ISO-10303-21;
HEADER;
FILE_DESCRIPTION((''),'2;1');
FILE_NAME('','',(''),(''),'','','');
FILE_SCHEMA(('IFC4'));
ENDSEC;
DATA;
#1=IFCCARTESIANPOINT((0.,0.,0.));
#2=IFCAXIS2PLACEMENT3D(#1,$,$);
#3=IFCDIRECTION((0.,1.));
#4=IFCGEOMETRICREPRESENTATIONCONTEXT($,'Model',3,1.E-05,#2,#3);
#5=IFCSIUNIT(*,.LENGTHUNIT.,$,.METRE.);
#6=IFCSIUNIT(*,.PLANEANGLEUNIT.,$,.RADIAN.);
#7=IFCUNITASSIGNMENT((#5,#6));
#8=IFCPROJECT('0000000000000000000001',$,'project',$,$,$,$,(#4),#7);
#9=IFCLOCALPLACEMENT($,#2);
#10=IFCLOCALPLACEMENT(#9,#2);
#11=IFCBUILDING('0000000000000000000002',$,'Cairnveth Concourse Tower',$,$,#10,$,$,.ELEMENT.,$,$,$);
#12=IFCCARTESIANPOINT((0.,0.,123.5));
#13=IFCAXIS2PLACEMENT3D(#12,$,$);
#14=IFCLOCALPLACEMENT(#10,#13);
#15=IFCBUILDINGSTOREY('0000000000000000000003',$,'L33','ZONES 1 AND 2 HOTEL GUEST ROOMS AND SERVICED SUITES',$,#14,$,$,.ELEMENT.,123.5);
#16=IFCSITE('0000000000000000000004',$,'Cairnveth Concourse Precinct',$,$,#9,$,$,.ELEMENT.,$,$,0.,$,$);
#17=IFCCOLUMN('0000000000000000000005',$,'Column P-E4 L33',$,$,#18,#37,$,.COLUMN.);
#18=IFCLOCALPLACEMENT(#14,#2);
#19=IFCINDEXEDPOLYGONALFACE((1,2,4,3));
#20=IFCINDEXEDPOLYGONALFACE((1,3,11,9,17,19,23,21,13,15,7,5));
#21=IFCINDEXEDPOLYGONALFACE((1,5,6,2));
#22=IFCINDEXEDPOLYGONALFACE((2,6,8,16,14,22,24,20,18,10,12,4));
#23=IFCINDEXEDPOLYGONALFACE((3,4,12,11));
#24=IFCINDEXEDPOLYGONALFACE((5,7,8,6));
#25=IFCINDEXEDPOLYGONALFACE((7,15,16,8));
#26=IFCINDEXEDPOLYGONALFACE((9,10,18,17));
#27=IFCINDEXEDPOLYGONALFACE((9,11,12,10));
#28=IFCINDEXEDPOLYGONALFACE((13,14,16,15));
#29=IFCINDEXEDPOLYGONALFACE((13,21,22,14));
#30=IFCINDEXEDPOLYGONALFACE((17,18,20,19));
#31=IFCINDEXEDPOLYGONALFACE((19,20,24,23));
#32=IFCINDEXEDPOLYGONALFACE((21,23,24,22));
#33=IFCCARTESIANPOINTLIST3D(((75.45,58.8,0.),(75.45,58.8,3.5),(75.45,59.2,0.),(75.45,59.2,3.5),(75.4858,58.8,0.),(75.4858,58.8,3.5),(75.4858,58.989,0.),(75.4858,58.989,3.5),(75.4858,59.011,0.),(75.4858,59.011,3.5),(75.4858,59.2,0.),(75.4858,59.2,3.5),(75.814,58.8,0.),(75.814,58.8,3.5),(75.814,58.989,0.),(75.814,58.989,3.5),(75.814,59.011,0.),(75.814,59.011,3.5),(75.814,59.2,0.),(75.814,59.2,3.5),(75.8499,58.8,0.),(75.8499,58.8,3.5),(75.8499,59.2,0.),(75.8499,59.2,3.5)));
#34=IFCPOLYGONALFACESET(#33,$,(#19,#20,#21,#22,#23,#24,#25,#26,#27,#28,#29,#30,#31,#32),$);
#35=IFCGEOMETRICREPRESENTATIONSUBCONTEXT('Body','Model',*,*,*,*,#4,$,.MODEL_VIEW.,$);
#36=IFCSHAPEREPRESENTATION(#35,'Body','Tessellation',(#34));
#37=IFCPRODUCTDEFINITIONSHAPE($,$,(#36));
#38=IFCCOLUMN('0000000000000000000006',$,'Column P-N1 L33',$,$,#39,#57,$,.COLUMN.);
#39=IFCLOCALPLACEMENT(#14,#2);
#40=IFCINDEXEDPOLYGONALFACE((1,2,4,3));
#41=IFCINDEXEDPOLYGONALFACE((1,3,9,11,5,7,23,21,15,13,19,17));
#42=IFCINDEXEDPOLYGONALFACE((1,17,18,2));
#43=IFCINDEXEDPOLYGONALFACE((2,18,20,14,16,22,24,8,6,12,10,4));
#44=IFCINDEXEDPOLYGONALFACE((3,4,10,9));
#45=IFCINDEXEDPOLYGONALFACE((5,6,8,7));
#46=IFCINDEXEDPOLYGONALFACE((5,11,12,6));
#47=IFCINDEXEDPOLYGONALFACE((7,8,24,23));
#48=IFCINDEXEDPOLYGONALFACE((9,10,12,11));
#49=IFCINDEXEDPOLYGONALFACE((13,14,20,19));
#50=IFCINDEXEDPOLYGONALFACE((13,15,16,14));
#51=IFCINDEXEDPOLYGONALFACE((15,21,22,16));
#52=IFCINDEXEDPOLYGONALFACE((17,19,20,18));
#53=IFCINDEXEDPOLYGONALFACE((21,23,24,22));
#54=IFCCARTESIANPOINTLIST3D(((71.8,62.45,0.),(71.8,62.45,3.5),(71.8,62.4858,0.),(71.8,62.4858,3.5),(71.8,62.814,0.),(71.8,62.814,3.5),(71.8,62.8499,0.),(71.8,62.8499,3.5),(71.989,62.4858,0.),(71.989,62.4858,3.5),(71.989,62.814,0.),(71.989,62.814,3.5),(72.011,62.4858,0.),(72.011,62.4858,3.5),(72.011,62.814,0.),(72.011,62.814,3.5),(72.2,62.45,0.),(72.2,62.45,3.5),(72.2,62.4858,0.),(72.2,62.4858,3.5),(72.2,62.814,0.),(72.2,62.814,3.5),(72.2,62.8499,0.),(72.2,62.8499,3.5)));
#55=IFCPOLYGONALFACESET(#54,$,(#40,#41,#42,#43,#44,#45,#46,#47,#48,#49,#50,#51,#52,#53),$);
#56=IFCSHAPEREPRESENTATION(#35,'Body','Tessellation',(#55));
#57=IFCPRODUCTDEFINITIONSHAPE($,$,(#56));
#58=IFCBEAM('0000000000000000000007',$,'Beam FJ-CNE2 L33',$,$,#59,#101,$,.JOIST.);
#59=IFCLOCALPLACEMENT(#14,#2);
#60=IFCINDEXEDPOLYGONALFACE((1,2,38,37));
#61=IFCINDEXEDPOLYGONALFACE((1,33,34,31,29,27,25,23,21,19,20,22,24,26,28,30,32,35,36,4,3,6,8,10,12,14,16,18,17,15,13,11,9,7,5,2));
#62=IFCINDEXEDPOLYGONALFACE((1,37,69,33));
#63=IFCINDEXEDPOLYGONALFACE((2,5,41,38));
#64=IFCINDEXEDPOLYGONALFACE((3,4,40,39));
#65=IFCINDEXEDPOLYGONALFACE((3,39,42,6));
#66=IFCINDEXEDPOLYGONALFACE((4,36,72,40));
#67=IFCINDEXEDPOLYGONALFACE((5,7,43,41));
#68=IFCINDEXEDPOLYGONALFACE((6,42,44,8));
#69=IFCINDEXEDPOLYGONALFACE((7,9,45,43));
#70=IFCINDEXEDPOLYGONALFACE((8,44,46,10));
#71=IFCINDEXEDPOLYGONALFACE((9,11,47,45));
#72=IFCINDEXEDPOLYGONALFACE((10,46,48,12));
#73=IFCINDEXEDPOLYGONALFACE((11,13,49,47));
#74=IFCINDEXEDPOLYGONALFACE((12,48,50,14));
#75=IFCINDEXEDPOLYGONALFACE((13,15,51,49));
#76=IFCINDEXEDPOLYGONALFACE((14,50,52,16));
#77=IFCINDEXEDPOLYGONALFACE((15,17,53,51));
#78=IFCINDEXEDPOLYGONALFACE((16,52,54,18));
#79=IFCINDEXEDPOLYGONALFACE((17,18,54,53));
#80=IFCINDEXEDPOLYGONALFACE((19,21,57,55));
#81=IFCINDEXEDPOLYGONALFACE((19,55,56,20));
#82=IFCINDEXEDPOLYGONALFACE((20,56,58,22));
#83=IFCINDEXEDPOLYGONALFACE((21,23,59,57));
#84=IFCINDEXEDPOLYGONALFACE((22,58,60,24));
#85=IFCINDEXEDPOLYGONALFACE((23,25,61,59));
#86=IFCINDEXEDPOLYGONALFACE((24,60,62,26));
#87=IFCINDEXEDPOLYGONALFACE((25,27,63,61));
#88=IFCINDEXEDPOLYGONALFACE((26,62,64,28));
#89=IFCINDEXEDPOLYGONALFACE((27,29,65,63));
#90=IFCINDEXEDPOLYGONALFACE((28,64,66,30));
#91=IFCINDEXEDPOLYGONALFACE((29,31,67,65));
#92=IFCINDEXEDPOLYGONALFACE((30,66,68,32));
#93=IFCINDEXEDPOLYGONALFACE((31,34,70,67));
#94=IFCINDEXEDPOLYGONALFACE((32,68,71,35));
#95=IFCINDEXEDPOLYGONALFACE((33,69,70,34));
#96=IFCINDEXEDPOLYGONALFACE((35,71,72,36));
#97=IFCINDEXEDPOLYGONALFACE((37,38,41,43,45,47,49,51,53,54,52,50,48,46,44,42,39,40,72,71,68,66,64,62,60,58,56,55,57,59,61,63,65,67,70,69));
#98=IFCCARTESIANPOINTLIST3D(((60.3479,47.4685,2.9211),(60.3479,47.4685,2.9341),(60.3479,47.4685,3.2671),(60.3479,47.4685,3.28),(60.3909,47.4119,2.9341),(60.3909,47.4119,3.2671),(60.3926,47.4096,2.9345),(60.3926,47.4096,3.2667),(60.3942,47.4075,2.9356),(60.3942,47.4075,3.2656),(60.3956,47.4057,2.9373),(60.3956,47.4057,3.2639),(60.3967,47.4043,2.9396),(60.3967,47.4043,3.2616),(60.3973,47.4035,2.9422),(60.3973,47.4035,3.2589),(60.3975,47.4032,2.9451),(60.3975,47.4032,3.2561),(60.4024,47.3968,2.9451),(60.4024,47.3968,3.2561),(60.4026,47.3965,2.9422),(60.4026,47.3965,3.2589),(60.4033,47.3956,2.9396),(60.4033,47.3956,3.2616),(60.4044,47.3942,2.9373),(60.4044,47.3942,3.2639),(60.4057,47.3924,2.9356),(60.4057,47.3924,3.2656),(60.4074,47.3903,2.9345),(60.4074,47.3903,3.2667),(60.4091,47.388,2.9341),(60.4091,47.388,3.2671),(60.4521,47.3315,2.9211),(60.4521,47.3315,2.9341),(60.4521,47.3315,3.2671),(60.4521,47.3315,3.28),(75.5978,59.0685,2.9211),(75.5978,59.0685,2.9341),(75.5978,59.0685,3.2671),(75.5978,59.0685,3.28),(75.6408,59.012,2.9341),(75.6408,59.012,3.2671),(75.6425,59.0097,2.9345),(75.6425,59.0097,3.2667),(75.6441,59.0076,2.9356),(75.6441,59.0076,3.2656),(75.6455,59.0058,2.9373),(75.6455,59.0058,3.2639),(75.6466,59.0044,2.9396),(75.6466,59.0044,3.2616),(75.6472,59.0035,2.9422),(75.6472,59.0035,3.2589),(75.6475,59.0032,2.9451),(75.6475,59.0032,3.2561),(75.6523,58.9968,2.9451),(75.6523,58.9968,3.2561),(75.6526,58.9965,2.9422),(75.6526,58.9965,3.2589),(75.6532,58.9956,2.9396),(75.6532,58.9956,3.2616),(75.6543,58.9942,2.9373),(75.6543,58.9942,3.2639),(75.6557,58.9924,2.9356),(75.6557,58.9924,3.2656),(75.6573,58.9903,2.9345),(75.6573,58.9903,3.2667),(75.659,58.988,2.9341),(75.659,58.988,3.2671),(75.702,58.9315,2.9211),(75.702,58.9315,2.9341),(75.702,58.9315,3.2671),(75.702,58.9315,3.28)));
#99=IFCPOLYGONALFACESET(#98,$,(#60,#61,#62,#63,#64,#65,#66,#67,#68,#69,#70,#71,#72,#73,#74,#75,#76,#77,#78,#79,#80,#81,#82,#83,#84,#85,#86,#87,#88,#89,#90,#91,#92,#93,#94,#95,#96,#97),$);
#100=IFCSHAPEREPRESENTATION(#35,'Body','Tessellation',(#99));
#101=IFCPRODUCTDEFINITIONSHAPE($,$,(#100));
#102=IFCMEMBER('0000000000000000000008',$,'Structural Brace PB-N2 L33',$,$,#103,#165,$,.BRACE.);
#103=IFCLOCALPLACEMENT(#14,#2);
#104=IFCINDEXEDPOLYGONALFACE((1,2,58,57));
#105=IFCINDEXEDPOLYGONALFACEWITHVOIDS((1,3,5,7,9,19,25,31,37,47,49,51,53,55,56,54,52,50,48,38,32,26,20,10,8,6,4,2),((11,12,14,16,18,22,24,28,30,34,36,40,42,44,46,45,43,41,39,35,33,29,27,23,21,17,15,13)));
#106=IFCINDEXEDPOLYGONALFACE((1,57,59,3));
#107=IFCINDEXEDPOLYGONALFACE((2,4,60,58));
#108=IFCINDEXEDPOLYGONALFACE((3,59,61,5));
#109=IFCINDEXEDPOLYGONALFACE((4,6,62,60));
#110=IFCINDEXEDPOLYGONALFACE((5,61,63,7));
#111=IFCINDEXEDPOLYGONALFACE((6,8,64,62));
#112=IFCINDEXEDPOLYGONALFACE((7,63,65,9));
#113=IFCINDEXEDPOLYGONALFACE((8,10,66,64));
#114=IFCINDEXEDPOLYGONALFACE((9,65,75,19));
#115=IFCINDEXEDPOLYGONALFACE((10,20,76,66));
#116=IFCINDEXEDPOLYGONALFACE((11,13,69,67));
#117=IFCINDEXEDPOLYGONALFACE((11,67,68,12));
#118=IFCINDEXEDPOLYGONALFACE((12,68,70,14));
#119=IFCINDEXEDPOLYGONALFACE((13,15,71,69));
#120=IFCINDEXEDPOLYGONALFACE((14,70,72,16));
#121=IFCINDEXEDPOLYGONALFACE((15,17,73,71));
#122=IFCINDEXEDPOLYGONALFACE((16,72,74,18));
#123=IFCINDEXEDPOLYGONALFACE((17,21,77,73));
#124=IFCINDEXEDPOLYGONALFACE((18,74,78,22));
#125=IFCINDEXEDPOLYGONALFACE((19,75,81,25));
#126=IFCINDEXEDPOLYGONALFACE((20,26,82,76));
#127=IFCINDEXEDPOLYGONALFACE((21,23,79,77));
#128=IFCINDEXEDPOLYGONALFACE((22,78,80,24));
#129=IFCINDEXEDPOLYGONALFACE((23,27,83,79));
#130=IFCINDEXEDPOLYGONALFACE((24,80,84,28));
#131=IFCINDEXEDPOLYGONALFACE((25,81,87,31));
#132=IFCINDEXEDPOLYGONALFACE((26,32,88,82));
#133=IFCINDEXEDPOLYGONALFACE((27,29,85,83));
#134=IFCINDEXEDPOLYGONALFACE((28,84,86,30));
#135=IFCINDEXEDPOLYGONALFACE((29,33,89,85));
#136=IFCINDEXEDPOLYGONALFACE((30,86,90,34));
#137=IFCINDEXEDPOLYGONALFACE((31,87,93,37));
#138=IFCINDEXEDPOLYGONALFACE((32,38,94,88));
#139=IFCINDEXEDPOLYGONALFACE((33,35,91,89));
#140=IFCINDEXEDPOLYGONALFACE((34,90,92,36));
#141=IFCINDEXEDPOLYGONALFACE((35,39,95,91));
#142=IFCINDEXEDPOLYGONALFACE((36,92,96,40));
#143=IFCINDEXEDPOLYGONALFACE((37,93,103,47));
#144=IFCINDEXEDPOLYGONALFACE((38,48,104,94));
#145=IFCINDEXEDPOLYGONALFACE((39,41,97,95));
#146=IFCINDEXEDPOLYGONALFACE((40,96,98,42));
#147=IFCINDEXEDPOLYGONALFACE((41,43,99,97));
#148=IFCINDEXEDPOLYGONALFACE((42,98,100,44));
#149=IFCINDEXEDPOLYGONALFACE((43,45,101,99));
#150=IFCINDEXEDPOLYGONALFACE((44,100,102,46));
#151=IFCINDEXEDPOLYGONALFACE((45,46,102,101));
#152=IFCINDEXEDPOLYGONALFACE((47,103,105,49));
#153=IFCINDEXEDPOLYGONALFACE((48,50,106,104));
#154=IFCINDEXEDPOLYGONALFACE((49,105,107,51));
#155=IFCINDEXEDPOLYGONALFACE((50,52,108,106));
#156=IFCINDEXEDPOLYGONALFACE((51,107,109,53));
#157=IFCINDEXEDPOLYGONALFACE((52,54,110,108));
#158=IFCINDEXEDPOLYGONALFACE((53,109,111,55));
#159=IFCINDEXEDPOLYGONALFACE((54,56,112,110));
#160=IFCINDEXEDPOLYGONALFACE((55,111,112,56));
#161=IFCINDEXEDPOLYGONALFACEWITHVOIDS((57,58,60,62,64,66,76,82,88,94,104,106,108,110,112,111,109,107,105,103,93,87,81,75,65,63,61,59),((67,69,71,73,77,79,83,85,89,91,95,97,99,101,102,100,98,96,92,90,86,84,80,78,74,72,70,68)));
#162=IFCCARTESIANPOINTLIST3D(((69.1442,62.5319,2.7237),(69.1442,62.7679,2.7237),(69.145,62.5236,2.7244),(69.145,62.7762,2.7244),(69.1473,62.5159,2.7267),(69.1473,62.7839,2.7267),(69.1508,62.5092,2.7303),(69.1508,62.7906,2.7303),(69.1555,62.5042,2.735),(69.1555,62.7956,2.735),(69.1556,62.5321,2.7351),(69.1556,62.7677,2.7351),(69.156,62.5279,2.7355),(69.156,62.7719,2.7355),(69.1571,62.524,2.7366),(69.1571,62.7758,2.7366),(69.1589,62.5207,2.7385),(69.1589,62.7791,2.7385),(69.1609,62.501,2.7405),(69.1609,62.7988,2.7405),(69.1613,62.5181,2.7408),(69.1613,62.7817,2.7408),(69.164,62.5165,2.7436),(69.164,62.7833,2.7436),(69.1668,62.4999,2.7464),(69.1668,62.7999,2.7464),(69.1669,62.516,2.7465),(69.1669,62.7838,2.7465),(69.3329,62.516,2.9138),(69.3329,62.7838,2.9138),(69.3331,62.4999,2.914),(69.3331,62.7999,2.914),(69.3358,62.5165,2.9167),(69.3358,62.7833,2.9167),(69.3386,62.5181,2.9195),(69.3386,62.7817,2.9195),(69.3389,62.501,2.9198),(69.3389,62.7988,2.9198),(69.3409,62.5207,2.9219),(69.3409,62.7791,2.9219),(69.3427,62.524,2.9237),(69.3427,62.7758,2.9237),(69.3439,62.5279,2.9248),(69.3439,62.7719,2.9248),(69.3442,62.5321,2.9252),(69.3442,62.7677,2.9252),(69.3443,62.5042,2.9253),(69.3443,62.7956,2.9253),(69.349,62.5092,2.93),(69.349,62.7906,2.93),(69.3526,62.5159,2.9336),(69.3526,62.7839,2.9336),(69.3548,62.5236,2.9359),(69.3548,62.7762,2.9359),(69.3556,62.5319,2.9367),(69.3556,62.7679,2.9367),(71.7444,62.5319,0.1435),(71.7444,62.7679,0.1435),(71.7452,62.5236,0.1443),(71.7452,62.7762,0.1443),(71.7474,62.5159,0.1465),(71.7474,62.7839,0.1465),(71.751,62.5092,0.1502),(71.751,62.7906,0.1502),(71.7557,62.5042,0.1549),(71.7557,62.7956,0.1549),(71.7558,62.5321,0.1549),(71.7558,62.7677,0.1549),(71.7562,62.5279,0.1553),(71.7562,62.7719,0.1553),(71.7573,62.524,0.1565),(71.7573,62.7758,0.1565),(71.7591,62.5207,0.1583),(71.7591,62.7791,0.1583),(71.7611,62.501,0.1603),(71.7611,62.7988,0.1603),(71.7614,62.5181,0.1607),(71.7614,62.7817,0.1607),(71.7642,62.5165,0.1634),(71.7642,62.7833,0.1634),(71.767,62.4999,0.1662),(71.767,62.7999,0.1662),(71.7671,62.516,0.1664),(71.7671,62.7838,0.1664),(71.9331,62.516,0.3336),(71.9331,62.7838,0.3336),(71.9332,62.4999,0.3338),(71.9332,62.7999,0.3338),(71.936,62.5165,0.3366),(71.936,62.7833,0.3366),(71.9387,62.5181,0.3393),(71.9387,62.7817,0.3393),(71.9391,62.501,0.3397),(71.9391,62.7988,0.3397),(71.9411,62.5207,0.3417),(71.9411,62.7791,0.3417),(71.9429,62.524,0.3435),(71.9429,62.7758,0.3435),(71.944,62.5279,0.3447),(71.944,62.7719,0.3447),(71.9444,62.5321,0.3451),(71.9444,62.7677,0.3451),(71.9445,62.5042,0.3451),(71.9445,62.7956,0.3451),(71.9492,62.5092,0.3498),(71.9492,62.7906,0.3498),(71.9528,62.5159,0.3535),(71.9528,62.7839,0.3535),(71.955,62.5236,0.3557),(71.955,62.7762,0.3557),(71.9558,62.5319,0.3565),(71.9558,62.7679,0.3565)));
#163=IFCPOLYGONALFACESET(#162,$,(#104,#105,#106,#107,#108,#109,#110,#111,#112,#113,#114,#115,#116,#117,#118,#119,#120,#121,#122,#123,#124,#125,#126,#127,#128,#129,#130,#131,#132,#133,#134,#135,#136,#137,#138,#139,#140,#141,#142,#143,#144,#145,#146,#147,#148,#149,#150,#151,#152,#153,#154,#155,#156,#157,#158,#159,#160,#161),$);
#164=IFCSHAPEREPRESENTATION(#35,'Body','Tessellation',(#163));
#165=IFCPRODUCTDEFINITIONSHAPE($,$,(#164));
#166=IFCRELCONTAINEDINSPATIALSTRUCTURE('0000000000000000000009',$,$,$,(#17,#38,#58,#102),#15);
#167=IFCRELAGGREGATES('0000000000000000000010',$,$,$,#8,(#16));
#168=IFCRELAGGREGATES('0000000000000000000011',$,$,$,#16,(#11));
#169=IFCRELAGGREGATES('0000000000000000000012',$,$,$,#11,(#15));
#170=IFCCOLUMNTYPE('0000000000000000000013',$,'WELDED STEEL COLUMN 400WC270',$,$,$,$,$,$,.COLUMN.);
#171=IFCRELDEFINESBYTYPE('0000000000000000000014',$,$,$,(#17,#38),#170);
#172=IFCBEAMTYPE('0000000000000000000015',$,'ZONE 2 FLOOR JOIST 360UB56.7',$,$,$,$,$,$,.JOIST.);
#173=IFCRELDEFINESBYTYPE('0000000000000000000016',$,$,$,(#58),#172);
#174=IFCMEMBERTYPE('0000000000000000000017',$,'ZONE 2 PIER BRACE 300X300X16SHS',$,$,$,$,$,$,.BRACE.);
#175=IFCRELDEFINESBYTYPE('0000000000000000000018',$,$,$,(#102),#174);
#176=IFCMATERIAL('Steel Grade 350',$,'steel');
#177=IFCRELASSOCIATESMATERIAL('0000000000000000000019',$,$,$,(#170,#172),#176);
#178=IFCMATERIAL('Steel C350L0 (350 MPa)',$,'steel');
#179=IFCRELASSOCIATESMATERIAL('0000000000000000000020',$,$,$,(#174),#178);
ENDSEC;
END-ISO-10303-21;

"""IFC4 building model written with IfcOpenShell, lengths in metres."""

from ifc_helpers import new_model, si_unit, direction, frame, origin, origin_2d, place, context, subcontext, project, spatial, hollow_rectangle, i_section, extrude, material, material_profile, profile_set, type_object, element, save


model = new_model("IFC4")

# Units and contexts
model_context = context("Model", 3, precision=1e-05, world=origin(), true_north=direction((0.0, 1.0)))
body_context = subcontext(model_context, "Body", "Model", "MODEL_VIEW")
ifc_project = project(units=[si_unit("LENGTHUNIT", "METRE"), si_unit("PLANEANGLEUNIT", "RADIAN")], contexts=[model_context])

# Site, building, storey
site_placement = place(None, origin())
site = spatial("IfcSite", under=ifc_project, at=site_placement, Name="Cairnveth Concourse Precinct", CompositionType="ELEMENT", RefElevation=0.0)
building_placement = place(site_placement, origin())
building = spatial("IfcBuilding", under=site, at=building_placement, Name="Cairnveth Concourse Tower", CompositionType="ELEMENT")
storey_placement = place(building_placement, frame((0.0, 0.0, 123.5)))
storey = spatial("IfcBuildingStorey", under=building, at=storey_placement, Name="L33", Description="ZONES 1 AND 2 HOTEL GUEST ROOMS AND SERVICED SUITES", CompositionType="ELEMENT", Elevation=123.5)

# Columns
ifc_material_1 = material(Name="Steel Grade 350", Category="steel")
ifc_material_profile_1 = material_profile(ifc_material_1, i_section(OverallWidth=0.3999, OverallDepth=0.3999, WebThickness=0.022, FlangeThickness=0.0359, at=origin_2d()), Name="400WC270")
ifc_profile_set_1 = profile_set([ifc_material_profile_1], Name="Steel Grade 350")
column_type = type_object("IfcColumnType", Name="WELDED STEEL COLUMN 400WC270", PredefinedType="COLUMN", material=ifc_profile_set_1)
for number, where, z_axis, x_axis, name in (
    (1, (75.6499, 59.0, 0.0), (0.0, 0.0, 1.0), (0.0, 1.0, 0.0), "Column P-E4 L33"),
    (2, (72.0, 62.6499, 0.0), (0.0, 0.0, 1.0), (1.0, 0.0, 0.0), "Column P-N1 L33"),
):
    element("IfcColumn", number, at=place(storey_placement, frame(where, z_axis=z_axis, x_axis=x_axis)), inside=storey, type_object=column_type, Name=name, PredefinedType="COLUMN", context=body_context, shape_type="SweptSolid", body=[
        extrude(i_section(OverallWidth=0.3999, OverallDepth=0.3999, WebThickness=0.022, FlangeThickness=0.0359, at=origin_2d()), origin(), (0.0, 0.0, 1.0), 3.5),
    ])

# Beam
ifc_material_profile_2 = material_profile(ifc_material_1, i_section(OverallWidth=0.1721, OverallDepth=0.3589, WebThickness=0.0081, FlangeThickness=0.0129, FilletRadius=0.011, at=origin_2d()), Name="360UB56.7")
ifc_profile_set_2 = profile_set([ifc_material_profile_2], Name="Steel Grade 350")
beam_type_1 = type_object("IfcBeamType", Name="ZONE 2 FLOOR JOIST 360UB56.7", PredefinedType="JOIST", material=ifc_profile_set_2)
beam_1_placement = place(storey_placement, frame((75.6499, 59.0, 3.1006), z_axis=(-0.795908, -0.605417, 0.0), x_axis=(0.605417, -0.795908, 0.0)))
element("IfcBeam", 3, at=beam_1_placement, inside=storey, type_object=beam_type_1, Name="Beam FJ-CNE2 L33", PredefinedType="JOIST", context=body_context, shape_type="SweptSolid", body=[
    extrude(i_section(OverallWidth=0.1721, OverallDepth=0.3589, WebThickness=0.0081, FlangeThickness=0.0129, FilletRadius=0.011, at=origin_2d()), origin(), (0.0, 0.0, 1.0), 19.1604),
])

# Member
ifc_material_2 = material(Name="Steel C350L0 (350 MPa)", Category="steel")
ifc_material_profile_3 = material_profile(ifc_material_2, hollow_rectangle(XDim=0.3, YDim=0.3, WallThickness=0.0161, InnerFilletRadius=0.0161, OuterFilletRadius=0.032, at=origin_2d()), Name="300x300x16.0SHS")
ifc_profile_set_3 = profile_set([ifc_material_profile_3], Name="Steel C350L0 (350 MPa)")
member_type = type_object("IfcMemberType", Name="ZONE 2 PIER BRACE 300X300X16SHS", PredefinedType="BRACE", material=ifc_profile_set_3)
for number, where, z_axis, x_axis, name in (
    (4, (71.8501, 62.6499, 0.25), (-0.709834, 0.0, 0.704369), (0.0, -1.0, 0.0), "Structural Brace PB-N2 L33"),
):
    element("IfcMember", number, at=place(storey_placement, frame(where, z_axis=z_axis, x_axis=x_axis)), inside=storey, type_object=member_type, Name=name, PredefinedType="BRACE", context=body_context, shape_type="SweptSolid", body=[
        extrude(hollow_rectangle(XDim=0.3, YDim=0.3, WallThickness=0.0161, InnerFilletRadius=0.0161, OuterFilletRadius=0.032, at=origin_2d()), origin(), (0.0, 0.0, 1.0), 3.6631),
    ])

save(model, "model.ifc")
